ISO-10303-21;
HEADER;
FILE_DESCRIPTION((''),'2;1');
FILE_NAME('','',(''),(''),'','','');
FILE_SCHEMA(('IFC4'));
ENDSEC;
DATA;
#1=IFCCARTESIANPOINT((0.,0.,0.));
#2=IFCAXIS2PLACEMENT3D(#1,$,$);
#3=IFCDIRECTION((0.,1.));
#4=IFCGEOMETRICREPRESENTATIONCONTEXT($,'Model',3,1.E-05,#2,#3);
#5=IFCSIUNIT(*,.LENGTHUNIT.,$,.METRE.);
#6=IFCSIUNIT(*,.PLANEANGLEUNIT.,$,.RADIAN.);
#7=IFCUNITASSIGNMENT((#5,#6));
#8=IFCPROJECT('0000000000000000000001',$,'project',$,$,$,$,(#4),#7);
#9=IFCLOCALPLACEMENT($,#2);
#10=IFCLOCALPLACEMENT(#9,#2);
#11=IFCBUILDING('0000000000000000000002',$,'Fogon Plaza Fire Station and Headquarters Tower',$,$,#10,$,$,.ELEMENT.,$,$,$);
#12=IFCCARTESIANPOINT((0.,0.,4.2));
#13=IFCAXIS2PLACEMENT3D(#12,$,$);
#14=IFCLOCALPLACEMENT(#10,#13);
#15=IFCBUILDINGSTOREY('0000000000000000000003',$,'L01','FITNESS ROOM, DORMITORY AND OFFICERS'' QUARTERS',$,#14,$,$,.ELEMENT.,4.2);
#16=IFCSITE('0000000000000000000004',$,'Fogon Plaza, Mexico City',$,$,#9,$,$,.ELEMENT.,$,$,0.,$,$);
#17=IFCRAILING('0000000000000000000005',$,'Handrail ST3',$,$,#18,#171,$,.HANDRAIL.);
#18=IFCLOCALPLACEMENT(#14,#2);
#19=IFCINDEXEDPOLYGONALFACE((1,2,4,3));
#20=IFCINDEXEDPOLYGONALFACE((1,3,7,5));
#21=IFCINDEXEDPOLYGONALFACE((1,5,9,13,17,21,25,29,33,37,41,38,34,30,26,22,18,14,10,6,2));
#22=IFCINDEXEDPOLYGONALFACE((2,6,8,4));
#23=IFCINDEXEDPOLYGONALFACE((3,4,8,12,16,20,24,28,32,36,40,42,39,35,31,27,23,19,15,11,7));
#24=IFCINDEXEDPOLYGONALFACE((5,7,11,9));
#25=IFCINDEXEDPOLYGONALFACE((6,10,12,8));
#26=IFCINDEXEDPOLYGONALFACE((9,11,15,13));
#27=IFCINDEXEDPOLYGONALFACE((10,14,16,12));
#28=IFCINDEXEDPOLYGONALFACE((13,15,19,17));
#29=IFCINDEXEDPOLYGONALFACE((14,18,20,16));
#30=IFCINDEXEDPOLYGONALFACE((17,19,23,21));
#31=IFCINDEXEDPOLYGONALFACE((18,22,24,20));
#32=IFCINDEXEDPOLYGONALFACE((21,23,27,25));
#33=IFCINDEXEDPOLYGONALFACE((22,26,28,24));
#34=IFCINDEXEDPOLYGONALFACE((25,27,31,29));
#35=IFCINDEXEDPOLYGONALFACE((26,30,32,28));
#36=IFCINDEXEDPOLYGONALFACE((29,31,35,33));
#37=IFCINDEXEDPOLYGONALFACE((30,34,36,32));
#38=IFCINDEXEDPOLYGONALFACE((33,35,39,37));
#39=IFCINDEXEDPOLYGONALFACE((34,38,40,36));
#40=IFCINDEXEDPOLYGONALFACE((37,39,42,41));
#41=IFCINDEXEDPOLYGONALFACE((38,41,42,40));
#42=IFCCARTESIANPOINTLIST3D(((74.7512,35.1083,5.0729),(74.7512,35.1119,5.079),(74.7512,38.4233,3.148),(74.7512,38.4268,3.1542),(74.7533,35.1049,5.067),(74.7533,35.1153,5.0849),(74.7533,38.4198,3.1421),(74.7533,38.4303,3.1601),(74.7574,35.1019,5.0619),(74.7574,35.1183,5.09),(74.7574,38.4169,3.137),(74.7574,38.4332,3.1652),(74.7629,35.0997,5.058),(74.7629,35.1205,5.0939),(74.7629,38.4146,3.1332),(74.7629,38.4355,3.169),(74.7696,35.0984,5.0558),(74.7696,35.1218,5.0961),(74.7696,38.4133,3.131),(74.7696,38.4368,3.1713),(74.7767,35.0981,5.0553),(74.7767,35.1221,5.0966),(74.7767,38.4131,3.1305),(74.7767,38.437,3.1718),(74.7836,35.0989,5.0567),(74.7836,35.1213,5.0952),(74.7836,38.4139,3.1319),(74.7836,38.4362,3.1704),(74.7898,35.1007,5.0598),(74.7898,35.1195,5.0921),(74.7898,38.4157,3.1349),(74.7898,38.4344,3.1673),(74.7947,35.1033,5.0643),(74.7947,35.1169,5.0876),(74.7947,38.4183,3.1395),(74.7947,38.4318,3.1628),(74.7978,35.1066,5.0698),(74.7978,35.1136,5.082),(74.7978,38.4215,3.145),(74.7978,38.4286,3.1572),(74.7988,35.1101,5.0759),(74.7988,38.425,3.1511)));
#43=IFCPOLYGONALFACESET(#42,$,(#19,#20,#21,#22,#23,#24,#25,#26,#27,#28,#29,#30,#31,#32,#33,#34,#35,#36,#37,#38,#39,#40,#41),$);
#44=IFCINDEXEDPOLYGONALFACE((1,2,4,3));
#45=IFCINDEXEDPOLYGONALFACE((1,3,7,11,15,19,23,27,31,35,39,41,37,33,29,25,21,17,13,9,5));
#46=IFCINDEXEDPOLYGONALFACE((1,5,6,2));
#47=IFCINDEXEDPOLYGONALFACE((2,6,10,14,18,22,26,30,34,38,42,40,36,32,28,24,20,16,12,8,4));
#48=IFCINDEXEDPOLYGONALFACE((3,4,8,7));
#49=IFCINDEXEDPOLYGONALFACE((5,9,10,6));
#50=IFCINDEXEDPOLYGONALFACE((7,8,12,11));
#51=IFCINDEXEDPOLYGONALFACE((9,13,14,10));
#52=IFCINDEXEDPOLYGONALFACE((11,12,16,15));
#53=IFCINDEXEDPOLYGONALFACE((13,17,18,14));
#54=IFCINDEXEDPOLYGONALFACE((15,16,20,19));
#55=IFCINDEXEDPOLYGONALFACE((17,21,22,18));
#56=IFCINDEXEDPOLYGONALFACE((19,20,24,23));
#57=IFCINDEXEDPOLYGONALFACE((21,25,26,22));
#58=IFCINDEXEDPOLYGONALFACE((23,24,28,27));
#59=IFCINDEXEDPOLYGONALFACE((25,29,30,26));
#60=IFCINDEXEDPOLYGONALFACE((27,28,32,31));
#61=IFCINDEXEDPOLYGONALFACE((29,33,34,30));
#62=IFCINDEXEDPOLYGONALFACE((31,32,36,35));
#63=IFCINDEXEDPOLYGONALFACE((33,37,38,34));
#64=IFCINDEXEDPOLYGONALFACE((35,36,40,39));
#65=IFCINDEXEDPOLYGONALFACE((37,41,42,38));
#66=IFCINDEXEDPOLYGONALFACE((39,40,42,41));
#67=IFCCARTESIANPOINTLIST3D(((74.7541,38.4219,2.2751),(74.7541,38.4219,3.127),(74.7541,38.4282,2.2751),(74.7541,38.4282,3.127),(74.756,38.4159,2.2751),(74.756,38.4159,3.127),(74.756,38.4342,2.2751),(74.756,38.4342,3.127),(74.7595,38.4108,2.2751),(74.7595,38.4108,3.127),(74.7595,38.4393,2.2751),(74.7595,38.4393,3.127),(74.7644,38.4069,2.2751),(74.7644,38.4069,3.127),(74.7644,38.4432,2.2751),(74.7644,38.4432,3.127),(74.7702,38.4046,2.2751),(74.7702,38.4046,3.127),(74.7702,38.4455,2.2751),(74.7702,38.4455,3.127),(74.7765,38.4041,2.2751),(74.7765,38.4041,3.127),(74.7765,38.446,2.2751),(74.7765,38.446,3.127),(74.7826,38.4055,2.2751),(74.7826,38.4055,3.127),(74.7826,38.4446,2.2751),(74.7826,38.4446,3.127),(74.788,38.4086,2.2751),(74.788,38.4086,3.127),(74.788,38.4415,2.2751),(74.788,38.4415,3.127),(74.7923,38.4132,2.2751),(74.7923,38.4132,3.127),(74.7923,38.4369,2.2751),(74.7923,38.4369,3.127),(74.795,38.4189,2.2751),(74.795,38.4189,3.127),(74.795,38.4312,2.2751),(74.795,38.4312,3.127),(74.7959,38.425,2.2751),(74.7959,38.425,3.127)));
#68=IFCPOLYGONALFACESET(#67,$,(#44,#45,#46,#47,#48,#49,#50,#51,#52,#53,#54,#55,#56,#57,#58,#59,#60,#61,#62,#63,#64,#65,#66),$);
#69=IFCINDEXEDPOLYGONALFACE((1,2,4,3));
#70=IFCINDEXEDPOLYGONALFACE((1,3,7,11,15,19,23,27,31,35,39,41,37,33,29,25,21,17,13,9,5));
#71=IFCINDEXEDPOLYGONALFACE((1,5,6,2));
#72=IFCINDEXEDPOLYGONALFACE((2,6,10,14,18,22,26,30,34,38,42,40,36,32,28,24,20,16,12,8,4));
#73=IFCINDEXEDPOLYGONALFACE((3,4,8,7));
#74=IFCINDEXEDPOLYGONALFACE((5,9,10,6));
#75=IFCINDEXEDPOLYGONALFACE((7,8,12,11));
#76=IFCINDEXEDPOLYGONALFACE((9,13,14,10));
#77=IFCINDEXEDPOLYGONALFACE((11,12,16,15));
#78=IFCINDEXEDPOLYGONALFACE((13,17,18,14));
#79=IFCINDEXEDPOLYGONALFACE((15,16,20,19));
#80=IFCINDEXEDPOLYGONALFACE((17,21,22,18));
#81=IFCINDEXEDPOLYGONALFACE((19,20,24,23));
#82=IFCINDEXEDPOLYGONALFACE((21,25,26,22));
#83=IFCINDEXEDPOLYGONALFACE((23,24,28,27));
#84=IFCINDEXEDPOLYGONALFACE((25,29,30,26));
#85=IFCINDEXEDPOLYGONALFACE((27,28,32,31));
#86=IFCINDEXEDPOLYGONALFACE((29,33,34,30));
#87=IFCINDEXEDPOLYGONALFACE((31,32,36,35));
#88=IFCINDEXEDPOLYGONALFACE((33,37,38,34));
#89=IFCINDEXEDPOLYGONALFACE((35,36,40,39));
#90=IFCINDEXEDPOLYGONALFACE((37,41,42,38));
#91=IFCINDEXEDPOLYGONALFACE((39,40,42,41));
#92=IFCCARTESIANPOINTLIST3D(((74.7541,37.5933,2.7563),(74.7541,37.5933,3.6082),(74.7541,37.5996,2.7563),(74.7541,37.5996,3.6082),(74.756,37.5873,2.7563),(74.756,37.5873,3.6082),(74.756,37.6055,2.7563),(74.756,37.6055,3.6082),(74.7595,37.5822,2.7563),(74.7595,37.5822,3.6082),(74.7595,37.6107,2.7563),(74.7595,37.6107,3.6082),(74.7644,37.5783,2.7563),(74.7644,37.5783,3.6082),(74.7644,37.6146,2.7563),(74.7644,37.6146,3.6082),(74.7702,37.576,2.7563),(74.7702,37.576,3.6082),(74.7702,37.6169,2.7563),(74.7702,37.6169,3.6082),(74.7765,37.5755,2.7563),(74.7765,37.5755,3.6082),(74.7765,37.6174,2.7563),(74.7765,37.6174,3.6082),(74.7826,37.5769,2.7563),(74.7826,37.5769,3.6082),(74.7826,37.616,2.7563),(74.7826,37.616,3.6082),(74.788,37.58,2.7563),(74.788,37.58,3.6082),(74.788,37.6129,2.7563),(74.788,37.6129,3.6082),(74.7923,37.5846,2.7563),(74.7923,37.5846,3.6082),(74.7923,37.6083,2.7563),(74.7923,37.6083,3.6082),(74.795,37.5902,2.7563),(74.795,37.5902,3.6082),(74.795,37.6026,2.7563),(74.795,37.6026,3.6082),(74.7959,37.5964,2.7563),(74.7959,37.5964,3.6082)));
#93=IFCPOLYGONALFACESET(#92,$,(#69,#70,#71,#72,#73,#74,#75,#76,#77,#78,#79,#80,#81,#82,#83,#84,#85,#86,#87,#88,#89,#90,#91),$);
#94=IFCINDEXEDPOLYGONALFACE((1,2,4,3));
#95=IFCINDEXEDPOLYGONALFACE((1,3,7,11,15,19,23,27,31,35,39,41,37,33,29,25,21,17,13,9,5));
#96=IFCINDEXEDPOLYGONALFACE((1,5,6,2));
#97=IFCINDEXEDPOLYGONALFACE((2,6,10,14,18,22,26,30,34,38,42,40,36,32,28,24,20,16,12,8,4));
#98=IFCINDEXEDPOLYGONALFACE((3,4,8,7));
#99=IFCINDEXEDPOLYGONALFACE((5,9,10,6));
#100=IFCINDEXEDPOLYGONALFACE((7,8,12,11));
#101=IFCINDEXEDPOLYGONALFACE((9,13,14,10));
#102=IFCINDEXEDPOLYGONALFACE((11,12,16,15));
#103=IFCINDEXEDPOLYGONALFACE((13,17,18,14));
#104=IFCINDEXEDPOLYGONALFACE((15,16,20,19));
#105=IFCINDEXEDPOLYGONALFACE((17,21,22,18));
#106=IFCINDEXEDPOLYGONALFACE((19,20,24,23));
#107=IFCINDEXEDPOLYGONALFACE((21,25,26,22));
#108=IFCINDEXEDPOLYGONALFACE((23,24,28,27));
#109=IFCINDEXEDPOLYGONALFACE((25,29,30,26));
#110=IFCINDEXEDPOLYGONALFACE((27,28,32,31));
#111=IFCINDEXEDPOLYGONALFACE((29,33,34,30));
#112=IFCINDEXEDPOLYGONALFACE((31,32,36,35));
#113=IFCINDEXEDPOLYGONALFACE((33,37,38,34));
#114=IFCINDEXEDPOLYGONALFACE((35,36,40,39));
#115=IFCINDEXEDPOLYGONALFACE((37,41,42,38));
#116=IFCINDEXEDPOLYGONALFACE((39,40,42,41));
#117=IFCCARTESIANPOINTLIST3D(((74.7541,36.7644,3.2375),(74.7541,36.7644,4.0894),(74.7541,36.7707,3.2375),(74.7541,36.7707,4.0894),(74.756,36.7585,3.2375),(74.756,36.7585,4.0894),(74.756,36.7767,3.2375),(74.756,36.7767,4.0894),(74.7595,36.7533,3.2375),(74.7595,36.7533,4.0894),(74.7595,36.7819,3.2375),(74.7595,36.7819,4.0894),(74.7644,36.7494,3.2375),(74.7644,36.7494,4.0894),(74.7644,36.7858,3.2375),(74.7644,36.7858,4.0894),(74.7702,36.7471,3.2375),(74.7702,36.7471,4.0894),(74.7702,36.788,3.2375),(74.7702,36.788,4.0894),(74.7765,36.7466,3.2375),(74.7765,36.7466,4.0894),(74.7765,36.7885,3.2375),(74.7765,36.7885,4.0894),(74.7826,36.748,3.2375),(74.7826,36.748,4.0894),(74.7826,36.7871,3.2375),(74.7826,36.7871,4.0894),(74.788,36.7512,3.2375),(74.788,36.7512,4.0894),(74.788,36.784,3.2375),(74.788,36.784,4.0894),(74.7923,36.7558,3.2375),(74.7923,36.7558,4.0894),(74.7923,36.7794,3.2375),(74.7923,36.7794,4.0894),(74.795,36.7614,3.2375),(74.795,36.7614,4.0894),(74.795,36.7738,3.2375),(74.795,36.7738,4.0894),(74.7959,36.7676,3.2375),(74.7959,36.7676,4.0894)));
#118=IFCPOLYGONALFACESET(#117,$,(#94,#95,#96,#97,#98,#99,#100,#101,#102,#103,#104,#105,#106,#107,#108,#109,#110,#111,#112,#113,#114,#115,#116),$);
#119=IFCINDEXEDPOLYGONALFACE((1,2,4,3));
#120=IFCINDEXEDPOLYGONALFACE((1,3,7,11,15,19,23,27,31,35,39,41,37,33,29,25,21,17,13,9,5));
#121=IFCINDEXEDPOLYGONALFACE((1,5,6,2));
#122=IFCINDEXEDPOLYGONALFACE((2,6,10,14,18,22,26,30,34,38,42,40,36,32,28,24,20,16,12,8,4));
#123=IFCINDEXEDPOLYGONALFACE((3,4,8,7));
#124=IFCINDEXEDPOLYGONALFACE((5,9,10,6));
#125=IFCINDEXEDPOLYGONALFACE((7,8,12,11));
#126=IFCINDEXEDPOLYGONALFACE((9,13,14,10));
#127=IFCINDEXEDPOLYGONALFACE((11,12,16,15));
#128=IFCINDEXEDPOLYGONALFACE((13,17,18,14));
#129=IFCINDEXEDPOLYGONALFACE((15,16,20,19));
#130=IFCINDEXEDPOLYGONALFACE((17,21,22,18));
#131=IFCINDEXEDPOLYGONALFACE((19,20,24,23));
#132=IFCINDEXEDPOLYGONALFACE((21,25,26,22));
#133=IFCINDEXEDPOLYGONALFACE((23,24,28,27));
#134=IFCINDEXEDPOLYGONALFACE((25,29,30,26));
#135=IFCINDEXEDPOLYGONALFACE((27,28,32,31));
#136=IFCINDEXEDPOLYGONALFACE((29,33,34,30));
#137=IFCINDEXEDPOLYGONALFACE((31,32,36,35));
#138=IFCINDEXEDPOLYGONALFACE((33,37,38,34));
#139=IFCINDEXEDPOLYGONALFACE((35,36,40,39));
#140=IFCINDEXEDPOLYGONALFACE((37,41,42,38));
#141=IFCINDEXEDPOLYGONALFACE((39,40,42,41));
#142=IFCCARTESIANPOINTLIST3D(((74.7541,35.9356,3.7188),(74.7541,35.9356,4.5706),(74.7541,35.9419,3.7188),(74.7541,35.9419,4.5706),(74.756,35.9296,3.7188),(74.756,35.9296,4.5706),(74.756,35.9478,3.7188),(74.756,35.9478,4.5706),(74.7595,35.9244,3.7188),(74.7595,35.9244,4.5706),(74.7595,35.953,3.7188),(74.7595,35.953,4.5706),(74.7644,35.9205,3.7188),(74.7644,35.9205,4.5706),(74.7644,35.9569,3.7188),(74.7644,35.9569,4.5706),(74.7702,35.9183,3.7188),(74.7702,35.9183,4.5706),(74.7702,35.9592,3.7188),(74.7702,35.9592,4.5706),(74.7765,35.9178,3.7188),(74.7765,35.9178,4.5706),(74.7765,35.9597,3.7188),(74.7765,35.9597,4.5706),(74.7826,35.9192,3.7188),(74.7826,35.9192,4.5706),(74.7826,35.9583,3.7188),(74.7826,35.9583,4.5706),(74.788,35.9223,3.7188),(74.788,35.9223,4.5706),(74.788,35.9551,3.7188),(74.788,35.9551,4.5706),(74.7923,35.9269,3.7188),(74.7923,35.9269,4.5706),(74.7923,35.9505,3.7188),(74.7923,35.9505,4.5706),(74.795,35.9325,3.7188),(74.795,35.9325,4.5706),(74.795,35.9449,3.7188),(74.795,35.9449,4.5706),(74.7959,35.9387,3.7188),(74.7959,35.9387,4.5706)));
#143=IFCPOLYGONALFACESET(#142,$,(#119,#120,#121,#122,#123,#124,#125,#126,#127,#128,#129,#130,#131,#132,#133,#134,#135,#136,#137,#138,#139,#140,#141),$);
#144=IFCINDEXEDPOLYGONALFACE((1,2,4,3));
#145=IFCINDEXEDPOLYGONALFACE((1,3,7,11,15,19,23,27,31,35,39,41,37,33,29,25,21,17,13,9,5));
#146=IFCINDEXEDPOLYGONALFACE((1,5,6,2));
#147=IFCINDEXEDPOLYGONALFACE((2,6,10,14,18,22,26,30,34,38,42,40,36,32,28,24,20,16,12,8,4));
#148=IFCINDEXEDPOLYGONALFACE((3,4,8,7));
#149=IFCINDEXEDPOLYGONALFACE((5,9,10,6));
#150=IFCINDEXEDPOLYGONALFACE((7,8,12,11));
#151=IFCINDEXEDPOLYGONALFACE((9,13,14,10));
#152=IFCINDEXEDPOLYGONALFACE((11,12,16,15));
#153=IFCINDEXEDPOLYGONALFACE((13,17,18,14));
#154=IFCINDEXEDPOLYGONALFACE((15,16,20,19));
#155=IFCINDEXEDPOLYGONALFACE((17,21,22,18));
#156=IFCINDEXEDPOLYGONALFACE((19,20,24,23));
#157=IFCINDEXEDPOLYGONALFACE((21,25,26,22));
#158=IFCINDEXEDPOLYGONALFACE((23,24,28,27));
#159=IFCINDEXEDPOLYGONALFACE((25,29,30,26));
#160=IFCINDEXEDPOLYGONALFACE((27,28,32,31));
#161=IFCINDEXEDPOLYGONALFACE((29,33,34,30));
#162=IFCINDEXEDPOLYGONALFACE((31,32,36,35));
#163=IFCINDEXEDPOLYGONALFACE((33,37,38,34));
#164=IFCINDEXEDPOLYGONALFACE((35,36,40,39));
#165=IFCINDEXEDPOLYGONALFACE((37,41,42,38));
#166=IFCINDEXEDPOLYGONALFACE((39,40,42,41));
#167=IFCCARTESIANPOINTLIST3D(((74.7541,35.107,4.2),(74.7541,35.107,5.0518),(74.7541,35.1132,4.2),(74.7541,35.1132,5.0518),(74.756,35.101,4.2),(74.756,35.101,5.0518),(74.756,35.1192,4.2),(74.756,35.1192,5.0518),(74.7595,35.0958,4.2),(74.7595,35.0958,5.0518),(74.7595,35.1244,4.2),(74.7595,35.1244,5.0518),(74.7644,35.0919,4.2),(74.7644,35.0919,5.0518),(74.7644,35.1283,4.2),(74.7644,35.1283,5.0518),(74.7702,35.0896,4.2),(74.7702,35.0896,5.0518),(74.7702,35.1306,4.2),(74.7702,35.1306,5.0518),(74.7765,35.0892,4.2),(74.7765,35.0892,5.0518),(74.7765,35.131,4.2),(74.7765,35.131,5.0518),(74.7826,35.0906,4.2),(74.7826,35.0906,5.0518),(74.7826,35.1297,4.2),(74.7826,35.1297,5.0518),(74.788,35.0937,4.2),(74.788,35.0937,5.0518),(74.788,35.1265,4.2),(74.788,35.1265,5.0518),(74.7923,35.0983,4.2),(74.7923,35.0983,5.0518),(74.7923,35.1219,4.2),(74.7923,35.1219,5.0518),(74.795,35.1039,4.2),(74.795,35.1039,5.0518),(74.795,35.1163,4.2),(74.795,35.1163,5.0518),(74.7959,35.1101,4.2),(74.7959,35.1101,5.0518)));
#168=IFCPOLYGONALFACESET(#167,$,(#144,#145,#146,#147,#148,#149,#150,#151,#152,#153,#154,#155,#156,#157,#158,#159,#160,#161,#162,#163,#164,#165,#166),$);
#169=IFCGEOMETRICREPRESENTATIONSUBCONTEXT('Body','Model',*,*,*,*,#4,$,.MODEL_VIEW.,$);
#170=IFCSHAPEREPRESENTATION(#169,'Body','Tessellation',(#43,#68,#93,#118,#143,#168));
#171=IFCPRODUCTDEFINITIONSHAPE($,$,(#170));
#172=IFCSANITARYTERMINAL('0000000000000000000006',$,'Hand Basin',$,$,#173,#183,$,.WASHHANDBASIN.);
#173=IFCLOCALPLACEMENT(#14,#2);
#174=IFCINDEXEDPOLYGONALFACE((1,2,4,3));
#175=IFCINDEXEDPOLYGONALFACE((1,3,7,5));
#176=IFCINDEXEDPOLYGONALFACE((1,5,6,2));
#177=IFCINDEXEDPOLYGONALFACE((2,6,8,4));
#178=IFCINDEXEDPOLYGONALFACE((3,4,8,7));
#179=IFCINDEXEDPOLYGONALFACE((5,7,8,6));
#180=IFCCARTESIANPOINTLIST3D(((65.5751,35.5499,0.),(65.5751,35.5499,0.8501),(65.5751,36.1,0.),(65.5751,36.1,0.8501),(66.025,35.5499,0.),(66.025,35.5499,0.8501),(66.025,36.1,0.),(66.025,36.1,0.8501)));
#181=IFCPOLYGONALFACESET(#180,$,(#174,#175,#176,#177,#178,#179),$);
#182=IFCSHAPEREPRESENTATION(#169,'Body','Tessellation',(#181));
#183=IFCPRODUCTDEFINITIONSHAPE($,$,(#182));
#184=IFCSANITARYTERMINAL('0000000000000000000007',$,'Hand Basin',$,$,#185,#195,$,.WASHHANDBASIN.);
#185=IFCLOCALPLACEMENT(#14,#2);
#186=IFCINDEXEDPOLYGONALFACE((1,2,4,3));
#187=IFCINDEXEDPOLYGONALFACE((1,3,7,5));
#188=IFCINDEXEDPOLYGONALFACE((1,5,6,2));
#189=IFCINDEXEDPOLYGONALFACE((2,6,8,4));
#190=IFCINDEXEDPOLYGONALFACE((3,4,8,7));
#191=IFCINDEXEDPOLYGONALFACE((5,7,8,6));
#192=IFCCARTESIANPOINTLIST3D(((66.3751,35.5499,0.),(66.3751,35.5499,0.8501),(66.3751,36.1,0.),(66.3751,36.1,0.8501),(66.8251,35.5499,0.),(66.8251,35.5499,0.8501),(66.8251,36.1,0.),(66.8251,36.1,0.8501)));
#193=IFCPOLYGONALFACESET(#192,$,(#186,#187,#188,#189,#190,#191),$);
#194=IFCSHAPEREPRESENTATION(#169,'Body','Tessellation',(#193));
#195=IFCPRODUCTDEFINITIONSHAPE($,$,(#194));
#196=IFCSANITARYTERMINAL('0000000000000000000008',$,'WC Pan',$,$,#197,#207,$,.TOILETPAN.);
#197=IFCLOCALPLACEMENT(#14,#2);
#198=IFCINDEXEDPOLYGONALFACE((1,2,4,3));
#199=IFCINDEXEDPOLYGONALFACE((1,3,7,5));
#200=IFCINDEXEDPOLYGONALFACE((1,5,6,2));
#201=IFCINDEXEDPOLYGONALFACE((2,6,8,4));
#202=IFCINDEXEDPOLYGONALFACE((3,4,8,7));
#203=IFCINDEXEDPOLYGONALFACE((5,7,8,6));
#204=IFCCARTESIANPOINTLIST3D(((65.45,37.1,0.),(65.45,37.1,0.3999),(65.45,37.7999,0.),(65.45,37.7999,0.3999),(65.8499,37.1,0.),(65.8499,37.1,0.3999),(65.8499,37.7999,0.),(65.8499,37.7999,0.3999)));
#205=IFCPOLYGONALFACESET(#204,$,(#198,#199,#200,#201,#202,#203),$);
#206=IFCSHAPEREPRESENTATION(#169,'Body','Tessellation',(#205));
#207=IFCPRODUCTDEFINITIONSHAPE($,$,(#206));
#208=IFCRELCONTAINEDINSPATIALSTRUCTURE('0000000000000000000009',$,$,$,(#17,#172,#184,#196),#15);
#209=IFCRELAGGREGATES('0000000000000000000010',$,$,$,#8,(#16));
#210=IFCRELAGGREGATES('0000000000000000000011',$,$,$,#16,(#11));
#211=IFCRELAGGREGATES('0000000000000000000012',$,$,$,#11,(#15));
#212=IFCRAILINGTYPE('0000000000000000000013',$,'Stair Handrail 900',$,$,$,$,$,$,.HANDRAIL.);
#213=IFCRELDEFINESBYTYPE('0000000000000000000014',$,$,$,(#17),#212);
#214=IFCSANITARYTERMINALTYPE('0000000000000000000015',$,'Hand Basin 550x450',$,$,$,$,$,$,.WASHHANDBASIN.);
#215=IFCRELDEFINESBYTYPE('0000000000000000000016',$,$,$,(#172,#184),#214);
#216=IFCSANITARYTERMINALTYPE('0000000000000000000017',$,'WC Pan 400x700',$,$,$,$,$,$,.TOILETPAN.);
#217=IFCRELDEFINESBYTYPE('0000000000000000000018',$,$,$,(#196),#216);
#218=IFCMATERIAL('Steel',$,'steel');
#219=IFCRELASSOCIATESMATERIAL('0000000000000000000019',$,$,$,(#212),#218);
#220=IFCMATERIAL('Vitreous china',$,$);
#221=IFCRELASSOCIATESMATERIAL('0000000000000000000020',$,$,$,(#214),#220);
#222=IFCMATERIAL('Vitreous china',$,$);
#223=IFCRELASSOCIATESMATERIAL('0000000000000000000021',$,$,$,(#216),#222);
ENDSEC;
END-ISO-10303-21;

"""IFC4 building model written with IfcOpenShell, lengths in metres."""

from ifc_helpers import new_model, si_unit, direction, frame, origin, origin_2d, place, context, subcontext, project, spatial, rectangle, circle, extrude, material, type_object, element, save


model = new_model("IFC4")

# Units and contexts
model_context = context("Model", 3, precision=1e-05, world=origin(), true_north=direction((0.0, 1.0)))
body_context = subcontext(model_context, "Body", "Model", "MODEL_VIEW")
ifc_project = project(units=[si_unit("LENGTHUNIT", "METRE"), si_unit("PLANEANGLEUNIT", "RADIAN")], contexts=[model_context])

# Site, building, storey
site_placement = place(None, origin())
site = spatial("IfcSite", under=ifc_project, at=site_placement, Name="Fogon Plaza, Mexico City", CompositionType="ELEMENT", RefElevation=0.0)
building_placement = place(site_placement, origin())
building = spatial("IfcBuilding", under=site, at=building_placement, Name="Fogon Plaza Fire Station and Headquarters Tower", CompositionType="ELEMENT")
storey_placement = place(building_placement, frame((0.0, 0.0, 4.2)))
storey = spatial("IfcBuildingStorey", under=building, at=storey_placement, Name="L01", Description="FITNESS ROOM, DORMITORY AND OFFICERS' QUARTERS", CompositionType="ELEMENT", Elevation=4.2)

# Railing
ifc_material_1 = material(Name="Steel", Category="steel")
railing_type = type_object("IfcRailingType", Name="Stair Handrail 900", PredefinedType="HANDRAIL", material=ifc_material_1)
for number, where, name in (
    (1, (74.7749, 38.425, 2.2751), "Handrail ST3"),
):
    element("IfcRailing", number, at=place(storey_placement, frame(where)), inside=storey, type_object=railing_type, Name=name, PredefinedType="HANDRAIL", context=body_context, shape_type="SweptSolid", body=[
        extrude(circle(Radius=0.0239, at=origin_2d()), frame((0.0, 0.0, 0.876), z_axis=(0.0, -0.864789, 0.502136), x_axis=(1.0, 0.0, 0.0)), (0.0, 0.0, 1.0), 3.8333),
        extrude(circle(Radius=0.021, at=origin_2d()), origin(), (0.0, 0.0, 1.0), 0.8518),
        extrude(circle(Radius=0.021, at=origin_2d()), frame((0.0, -0.8286, 0.4812)), (0.0, 0.0, 1.0), 0.8518),
        extrude(circle(Radius=0.021, at=origin_2d()), frame((0.0, -1.6575, 0.9624)), (0.0, 0.0, 1.0), 0.8518),
        extrude(circle(Radius=0.021, at=origin_2d()), frame((0.0, -2.4863, 1.4436)), (0.0, 0.0, 1.0), 0.8518),
        extrude(circle(Radius=0.021, at=origin_2d()), frame((0.0, -3.3149, 1.9248)), (0.0, 0.0, 1.0), 0.8518),
    ])

# Sanitary terminals
ifc_material_2 = material(Name="Vitreous china")
sanitary_terminal_type_1 = type_object("IfcSanitaryTerminalType", Name="Hand Basin 550x450", PredefinedType="WASHHANDBASIN", material=ifc_material_2)
for number, where, z_axis, x_axis, name in (
    (2, (65.8, 35.825, 0.0), (0.0, 0.0, 1.0), (1.0, 0.0, 0.0), "Hand Basin"),
    (3, (66.6001, 35.825, 0.0), (0.0, 0.0, 1.0), (1.0, 0.0, 0.0), "Hand Basin"),
):
    element("IfcSanitaryTerminal", number, at=place(storey_placement, frame(where, z_axis=z_axis, x_axis=x_axis)), inside=storey, type_object=sanitary_terminal_type_1, Name=name, PredefinedType="WASHHANDBASIN", context=body_context, shape_type="SweptSolid", body=[
        extrude(rectangle(XDim=0.45, YDim=0.55, at=origin_2d()), origin(), (0.0, 0.0, 1.0), 0.8501),
    ])
ifc_material_3 = material(Name="Vitreous china")
sanitary_terminal_type_2 = type_object("IfcSanitaryTerminalType", Name="WC Pan 400x700", PredefinedType="TOILETPAN", material=ifc_material_3)
sanitary_terminal_placement = place(storey_placement, frame((65.6499, 37.45, 0.0), z_axis=(0.0, 0.0, 1.0), x_axis=(1.0, 0.0, 0.0)))
element("IfcSanitaryTerminal", 4, at=sanitary_terminal_placement, inside=storey, type_object=sanitary_terminal_type_2, Name="WC Pan", PredefinedType="TOILETPAN", context=body_context, shape_type="SweptSolid", body=[
    extrude(rectangle(XDim=0.3999, YDim=0.7, at=origin_2d()), origin(), (0.0, 0.0, 1.0), 0.3999),
])

save(model, "model.ifc")
